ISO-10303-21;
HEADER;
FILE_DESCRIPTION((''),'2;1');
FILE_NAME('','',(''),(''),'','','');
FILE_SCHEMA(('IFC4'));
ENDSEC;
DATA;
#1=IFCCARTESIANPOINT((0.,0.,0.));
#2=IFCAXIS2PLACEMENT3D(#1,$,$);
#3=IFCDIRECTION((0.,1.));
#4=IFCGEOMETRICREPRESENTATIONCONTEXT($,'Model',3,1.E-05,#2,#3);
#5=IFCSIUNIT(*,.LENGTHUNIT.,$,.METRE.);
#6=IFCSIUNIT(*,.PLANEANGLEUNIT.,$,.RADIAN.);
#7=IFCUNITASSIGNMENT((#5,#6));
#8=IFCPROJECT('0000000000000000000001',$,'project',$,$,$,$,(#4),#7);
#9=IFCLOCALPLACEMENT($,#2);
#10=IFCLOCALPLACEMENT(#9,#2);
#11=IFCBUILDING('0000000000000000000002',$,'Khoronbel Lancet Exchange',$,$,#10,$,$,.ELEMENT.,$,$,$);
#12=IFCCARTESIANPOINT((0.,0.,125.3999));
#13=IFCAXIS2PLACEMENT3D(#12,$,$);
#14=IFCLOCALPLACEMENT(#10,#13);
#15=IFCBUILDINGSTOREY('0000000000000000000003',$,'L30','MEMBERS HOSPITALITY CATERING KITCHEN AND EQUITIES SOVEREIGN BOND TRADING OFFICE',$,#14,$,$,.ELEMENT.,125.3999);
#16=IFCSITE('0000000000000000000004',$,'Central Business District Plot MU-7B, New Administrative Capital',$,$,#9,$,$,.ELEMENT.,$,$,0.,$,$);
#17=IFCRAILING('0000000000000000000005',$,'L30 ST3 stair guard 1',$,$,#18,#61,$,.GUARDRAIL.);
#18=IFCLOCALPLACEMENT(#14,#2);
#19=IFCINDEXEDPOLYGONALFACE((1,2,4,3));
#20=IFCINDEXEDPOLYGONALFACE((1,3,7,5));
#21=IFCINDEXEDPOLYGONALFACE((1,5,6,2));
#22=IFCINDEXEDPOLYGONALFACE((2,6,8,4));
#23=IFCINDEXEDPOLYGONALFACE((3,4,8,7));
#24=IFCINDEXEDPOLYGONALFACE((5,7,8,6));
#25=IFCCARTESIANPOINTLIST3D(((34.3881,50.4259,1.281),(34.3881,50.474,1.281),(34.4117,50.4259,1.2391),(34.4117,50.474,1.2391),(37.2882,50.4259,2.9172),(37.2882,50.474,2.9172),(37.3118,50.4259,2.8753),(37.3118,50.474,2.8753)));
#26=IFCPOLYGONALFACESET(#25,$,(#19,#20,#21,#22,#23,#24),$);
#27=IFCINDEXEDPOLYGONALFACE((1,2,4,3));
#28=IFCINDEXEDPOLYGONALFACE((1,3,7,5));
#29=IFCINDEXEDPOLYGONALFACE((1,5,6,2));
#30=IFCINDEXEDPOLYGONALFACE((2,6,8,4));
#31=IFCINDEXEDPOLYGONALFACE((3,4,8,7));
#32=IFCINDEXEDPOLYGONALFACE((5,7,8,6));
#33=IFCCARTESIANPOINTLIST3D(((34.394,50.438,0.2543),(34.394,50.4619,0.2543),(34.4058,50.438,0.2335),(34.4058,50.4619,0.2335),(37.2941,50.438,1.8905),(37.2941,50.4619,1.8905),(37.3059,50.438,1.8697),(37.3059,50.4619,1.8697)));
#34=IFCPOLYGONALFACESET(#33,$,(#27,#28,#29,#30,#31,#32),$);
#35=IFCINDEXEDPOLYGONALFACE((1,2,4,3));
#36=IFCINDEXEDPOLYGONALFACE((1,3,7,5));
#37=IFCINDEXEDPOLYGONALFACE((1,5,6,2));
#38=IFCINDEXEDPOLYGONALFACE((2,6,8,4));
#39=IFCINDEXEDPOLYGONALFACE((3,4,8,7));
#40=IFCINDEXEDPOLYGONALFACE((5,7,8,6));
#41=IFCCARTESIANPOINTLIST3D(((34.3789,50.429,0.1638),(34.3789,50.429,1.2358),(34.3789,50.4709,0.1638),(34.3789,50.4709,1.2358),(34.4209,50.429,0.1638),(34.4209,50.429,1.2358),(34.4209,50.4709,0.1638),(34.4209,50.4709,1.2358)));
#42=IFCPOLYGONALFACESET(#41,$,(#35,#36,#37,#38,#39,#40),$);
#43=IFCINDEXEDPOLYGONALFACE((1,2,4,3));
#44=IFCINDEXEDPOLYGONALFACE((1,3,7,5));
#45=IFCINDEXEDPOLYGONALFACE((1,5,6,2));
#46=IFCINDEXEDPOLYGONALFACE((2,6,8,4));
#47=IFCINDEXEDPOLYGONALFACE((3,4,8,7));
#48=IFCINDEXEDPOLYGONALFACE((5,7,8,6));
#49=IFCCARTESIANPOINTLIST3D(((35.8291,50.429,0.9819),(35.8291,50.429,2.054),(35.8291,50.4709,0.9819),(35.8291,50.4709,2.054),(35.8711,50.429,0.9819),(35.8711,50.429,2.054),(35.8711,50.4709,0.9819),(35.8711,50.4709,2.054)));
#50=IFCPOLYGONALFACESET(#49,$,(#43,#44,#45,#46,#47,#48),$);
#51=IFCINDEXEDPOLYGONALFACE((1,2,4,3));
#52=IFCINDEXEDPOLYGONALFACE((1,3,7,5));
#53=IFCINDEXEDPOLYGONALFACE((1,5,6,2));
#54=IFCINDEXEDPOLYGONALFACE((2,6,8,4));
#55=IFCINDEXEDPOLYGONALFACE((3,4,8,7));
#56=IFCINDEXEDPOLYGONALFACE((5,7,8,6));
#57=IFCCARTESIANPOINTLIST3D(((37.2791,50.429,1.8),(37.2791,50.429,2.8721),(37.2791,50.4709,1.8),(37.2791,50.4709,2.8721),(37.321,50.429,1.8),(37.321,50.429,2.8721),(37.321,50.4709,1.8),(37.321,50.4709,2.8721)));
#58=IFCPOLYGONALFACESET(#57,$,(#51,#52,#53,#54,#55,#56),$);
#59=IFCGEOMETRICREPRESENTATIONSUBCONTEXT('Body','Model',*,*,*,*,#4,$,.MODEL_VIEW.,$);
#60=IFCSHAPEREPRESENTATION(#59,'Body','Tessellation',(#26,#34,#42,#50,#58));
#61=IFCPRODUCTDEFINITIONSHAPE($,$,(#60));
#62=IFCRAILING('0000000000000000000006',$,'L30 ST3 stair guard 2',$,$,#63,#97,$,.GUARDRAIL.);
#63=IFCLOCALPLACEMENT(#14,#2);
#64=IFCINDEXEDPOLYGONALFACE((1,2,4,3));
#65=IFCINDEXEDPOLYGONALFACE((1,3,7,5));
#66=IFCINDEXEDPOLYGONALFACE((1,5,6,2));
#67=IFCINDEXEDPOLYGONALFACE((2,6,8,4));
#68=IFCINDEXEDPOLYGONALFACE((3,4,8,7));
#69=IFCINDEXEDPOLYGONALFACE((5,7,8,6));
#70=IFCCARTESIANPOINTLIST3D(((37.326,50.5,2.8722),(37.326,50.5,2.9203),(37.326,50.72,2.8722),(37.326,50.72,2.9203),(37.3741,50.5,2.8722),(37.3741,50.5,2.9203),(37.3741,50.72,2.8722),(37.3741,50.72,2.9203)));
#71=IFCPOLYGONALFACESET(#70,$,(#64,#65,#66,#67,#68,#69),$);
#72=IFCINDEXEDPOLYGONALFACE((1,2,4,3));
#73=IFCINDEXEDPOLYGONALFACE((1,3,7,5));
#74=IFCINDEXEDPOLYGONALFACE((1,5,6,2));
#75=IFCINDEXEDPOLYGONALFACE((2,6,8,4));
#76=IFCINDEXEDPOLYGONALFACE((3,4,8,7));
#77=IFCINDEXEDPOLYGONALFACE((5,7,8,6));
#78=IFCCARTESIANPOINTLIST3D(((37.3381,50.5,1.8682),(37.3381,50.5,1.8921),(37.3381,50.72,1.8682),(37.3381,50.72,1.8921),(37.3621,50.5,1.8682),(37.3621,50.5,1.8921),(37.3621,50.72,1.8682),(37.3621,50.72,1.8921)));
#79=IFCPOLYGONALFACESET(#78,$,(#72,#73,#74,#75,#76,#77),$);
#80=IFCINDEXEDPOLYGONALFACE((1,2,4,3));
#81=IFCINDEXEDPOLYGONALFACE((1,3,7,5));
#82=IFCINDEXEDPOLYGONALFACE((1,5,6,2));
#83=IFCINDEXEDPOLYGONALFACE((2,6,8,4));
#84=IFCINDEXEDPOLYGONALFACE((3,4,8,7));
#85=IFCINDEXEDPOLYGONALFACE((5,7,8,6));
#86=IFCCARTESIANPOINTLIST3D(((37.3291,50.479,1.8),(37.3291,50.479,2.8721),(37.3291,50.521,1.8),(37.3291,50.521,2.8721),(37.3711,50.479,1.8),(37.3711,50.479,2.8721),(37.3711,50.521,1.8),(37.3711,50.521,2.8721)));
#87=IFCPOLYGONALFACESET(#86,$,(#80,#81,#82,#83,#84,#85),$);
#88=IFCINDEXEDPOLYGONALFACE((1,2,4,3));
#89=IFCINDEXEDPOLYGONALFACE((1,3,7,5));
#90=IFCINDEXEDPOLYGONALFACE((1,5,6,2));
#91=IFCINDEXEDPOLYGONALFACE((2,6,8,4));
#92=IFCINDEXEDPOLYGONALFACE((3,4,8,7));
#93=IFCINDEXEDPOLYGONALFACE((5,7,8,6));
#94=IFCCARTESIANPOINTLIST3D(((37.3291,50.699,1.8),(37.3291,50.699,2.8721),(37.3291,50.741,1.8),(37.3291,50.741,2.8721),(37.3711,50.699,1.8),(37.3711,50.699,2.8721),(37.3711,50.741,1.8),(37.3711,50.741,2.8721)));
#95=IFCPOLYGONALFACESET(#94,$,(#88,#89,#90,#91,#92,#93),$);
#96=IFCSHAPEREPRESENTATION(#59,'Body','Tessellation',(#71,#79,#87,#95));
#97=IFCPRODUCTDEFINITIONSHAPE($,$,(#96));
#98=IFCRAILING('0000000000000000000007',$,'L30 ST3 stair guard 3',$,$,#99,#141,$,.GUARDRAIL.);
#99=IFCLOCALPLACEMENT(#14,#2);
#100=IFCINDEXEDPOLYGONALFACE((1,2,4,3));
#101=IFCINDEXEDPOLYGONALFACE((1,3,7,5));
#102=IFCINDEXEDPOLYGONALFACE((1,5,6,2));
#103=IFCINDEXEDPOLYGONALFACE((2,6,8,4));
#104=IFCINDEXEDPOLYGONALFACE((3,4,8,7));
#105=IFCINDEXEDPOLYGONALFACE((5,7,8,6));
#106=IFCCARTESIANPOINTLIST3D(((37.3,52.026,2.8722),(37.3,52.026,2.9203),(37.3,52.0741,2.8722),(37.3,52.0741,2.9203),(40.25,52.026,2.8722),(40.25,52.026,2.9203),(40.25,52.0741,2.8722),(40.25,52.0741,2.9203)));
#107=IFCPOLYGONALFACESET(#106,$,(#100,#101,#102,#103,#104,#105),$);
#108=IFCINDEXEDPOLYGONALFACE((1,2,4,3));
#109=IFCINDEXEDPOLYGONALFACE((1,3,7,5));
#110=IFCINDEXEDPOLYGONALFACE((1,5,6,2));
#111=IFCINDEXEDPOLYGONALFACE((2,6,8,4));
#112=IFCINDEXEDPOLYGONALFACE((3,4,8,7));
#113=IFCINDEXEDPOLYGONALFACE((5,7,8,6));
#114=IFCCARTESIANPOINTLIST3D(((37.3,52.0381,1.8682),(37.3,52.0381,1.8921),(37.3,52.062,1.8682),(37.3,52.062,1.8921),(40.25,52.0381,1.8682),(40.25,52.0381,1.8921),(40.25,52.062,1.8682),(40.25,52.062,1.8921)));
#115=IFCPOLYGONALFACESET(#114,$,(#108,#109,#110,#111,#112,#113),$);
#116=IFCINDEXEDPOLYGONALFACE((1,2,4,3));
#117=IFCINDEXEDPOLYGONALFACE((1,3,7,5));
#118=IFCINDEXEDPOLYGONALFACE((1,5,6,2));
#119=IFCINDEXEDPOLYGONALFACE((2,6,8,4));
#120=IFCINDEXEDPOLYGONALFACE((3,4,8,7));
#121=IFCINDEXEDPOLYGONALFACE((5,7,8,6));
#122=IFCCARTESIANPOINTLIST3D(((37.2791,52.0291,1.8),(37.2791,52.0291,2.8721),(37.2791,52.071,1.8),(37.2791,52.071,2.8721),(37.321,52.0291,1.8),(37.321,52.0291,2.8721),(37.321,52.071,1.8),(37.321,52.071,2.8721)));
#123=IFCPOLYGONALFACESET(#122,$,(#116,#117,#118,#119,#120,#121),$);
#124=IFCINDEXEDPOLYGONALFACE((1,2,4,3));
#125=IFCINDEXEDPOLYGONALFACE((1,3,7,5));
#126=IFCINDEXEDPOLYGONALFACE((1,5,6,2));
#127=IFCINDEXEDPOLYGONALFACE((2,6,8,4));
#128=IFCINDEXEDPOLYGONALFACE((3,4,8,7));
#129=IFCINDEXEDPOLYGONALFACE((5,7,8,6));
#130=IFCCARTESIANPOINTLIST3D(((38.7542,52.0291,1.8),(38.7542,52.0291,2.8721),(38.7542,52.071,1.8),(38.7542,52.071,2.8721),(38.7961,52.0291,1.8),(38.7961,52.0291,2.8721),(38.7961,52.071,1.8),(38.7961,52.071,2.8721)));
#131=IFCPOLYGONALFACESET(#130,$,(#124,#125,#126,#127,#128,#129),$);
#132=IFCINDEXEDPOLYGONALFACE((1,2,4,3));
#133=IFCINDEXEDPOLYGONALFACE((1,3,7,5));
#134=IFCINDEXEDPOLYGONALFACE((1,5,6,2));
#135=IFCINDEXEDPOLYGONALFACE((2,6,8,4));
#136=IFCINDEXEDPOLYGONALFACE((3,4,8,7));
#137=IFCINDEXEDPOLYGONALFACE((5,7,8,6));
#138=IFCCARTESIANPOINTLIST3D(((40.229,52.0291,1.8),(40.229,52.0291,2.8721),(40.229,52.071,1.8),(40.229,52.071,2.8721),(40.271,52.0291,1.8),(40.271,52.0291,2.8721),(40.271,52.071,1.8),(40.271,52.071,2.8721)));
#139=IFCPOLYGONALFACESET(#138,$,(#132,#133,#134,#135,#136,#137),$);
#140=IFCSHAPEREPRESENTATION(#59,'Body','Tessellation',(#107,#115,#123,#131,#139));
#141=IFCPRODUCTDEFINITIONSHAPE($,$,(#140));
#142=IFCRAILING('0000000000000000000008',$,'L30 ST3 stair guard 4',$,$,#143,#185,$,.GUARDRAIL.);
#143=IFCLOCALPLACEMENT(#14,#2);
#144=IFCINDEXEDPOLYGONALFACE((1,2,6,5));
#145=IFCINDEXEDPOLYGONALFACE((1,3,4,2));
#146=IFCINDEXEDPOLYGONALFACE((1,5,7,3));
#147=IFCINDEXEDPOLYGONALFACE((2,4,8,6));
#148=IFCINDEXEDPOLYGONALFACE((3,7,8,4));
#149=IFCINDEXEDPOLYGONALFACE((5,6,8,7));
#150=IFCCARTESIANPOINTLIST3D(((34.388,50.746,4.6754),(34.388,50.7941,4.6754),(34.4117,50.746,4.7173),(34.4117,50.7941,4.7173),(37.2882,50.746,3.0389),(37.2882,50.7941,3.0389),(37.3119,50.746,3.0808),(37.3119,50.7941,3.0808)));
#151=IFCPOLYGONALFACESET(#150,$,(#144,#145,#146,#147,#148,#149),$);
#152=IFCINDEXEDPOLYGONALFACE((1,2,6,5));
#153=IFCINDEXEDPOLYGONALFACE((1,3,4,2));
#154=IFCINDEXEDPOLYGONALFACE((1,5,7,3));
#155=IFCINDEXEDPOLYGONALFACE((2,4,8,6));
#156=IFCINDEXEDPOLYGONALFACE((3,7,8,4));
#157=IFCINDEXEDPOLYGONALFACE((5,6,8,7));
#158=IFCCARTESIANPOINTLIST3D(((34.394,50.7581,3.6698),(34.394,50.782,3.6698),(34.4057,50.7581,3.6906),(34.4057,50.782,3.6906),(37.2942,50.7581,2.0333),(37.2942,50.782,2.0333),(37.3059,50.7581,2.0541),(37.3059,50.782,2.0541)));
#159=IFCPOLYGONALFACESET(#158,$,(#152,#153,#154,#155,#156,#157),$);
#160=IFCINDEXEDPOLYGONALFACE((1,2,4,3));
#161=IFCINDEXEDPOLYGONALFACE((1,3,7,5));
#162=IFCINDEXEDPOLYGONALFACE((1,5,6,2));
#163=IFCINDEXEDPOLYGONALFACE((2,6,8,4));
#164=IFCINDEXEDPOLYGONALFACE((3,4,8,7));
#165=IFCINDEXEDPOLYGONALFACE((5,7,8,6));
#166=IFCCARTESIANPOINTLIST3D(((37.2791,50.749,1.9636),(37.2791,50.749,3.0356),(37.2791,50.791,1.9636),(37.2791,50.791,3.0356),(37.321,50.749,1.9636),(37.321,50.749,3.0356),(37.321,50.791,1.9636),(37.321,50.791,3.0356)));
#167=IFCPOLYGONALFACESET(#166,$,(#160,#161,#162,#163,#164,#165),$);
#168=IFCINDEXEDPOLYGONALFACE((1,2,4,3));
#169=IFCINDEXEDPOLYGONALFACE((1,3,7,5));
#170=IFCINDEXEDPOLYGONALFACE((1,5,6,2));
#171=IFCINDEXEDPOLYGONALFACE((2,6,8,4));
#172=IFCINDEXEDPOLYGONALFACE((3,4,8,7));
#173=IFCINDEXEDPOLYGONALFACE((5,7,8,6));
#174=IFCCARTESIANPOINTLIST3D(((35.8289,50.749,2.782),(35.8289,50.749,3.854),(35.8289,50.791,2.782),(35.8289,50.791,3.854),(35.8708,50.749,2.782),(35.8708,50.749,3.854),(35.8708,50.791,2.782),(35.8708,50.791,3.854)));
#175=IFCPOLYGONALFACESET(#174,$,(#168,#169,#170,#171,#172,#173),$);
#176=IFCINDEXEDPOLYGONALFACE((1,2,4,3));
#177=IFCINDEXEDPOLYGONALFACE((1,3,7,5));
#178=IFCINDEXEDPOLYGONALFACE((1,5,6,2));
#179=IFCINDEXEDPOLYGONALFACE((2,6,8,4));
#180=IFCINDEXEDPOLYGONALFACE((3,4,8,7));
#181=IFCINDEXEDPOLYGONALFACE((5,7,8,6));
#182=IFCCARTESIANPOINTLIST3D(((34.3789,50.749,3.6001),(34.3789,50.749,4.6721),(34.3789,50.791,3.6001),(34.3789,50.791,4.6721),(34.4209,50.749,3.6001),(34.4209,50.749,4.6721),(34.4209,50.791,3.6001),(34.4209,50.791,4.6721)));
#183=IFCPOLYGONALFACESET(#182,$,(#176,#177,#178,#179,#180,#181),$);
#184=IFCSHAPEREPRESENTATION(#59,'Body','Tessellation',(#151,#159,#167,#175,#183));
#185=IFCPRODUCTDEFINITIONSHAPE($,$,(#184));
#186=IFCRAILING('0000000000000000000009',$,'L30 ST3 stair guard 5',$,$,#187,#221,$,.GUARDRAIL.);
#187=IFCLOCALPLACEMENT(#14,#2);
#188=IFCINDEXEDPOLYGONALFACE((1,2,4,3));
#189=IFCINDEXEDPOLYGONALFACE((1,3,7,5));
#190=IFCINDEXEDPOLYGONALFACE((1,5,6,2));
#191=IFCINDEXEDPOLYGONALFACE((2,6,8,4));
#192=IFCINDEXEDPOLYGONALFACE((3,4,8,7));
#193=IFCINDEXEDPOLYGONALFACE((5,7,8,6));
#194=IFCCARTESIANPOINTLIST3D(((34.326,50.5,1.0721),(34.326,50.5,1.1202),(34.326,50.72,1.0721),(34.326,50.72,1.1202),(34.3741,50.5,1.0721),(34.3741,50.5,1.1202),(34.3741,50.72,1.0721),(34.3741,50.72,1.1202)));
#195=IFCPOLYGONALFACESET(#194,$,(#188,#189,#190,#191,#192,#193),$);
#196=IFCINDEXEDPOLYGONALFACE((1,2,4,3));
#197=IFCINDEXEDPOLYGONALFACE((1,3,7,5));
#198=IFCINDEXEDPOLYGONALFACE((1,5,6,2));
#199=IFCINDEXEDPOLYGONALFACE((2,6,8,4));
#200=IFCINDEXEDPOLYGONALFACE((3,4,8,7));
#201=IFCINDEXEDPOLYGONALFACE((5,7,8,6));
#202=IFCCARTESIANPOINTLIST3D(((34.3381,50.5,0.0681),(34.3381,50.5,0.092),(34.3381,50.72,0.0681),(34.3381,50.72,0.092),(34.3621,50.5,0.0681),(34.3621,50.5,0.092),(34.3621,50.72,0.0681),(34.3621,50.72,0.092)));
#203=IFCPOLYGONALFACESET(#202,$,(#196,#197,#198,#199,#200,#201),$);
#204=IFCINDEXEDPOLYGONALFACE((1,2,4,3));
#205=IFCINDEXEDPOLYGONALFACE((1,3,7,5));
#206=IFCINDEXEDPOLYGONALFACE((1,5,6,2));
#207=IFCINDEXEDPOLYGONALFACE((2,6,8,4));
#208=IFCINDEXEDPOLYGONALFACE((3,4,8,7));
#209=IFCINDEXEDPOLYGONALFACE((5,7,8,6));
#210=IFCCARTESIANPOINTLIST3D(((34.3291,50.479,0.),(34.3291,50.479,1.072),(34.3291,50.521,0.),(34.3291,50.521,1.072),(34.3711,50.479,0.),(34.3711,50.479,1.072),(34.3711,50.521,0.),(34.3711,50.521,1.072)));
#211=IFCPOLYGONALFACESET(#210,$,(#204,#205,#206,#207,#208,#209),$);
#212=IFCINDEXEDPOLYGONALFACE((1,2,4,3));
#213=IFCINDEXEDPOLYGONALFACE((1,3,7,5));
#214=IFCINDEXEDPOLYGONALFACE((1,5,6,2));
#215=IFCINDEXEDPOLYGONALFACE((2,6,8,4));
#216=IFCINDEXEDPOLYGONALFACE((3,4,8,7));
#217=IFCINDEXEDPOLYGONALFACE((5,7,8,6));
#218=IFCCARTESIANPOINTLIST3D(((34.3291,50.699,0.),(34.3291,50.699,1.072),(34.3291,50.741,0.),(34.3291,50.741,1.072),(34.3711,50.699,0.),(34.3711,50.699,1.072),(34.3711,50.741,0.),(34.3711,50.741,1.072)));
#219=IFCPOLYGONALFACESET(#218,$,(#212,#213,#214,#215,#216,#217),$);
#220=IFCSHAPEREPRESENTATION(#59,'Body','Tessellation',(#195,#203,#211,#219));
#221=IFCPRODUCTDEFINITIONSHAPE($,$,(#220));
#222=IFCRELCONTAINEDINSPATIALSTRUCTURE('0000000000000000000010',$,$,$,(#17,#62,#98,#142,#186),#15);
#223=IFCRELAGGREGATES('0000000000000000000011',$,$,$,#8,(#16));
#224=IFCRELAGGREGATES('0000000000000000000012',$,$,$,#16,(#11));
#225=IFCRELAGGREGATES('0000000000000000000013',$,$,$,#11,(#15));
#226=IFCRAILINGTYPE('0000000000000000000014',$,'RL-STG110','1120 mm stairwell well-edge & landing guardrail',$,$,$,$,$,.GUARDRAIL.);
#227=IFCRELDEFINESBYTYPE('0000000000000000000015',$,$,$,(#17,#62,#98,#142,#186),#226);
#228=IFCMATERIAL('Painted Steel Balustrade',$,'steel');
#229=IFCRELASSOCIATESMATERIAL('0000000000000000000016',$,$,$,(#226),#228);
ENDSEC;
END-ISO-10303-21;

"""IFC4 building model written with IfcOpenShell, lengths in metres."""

from ifc_helpers import new_model, si_unit, direction, frame, origin, origin_2d, place, context, subcontext, project, spatial, rectangle, extrude, material, type_object, element, save


model = new_model("IFC4")

# Units and contexts
model_context = context("Model", 3, precision=1e-05, world=origin(), true_north=direction((0.0, 1.0)))
body_context = subcontext(model_context, "Body", "Model", "MODEL_VIEW")
ifc_project = project(units=[si_unit("LENGTHUNIT", "METRE"), si_unit("PLANEANGLEUNIT", "RADIAN")], contexts=[model_context])

# Site, building, storey
site_placement = place(None, origin())
site = spatial("IfcSite", under=ifc_project, at=site_placement, Name="Central Business District Plot MU-7B, New Administrative Capital", CompositionType="ELEMENT", RefElevation=0.0)
building_placement = place(site_placement, origin())
building = spatial("IfcBuilding", under=site, at=building_placement, Name="Khoronbel Lancet Exchange", CompositionType="ELEMENT")
storey_placement = place(building_placement, frame((0.0, 0.0, 125.3999)))
storey = spatial("IfcBuildingStorey", under=building, at=storey_placement, Name="L30", Description="MEMBERS HOSPITALITY CATERING KITCHEN AND EQUITIES SOVEREIGN BOND TRADING OFFICE", CompositionType="ELEMENT", Elevation=125.3999)

# Railings
ifc_material_1 = material(Name="Painted Steel Balustrade", Category="steel")
railing_type_1 = type_object("IfcRailingType", Name="RL-STG110", Description="1120 mm stairwell well-edge & landing guardrail", PredefinedType="GUARDRAIL", material=ifc_material_1)
railing_1_placement = place(storey_placement, frame((34.3999, 50.45, 0.1638)))
element("IfcRailing", 1, at=railing_1_placement, inside=storey, type_object=railing_type_1, Name="L30 ST3 stair guard 1", PredefinedType="GUARDRAIL", context=body_context, shape_type="SweptSolid", body=[
    extrude(rectangle(XDim=0.0481, YDim=0.0481, at=origin_2d()), frame((0.0, 0.0, 1.0962), z_axis=(0.870946, 0.0, 0.491378), x_axis=(0.0, 1.0, 0.0)), (0.0, 0.0, 1.0), 3.3298),
    extrude(rectangle(XDim=0.0239, YDim=0.0239, at=origin_2d()), frame((0.0, 0.0, 0.0801), z_axis=(0.870946, 0.0, 0.491378), x_axis=(0.0, 1.0, 0.0)), (0.0, 0.0, 1.0), 3.3298),
    extrude(rectangle(XDim=0.042, YDim=0.042, at=origin_2d()), origin(), (0.0, 0.0, 1.0), 1.072),
    extrude(rectangle(XDim=0.042, YDim=0.042, at=origin_2d()), frame((1.4502, 0.0, 0.8181)), (0.0, 0.0, 1.0), 1.072),
    extrude(rectangle(XDim=0.042, YDim=0.042, at=origin_2d()), frame((2.9001, 0.0, 1.6362)), (0.0, 0.0, 1.0), 1.072),
])
railing_2_placement = place(storey_placement, frame((37.3501, 50.5, 1.8)))
element("IfcRailing", 2, at=railing_2_placement, inside=storey, type_object=railing_type_1, Name="L30 ST3 stair guard 2", PredefinedType="GUARDRAIL", context=body_context, shape_type="SweptSolid", body=[
    extrude(rectangle(XDim=0.0481, YDim=0.0481, at=origin_2d()), frame((0.0, 0.0, 1.0962), z_axis=(0.0, 1.0, 0.0), x_axis=(-1.0, 0.0, 0.0)), (0.0, 0.0, 1.0), 0.22),
    extrude(rectangle(XDim=0.0239, YDim=0.0239, at=origin_2d()), frame((0.0, 0.0, 0.0801), z_axis=(0.0, 1.0, 0.0), x_axis=(-1.0, 0.0, 0.0)), (0.0, 0.0, 1.0), 0.22),
    extrude(rectangle(XDim=0.042, YDim=0.042, at=origin_2d()), origin(), (0.0, 0.0, 1.0), 1.072),
    extrude(rectangle(XDim=0.042, YDim=0.042, at=origin_2d()), frame((0.0, 0.22, 0.0)), (0.0, 0.0, 1.0), 1.072),
])
railing_3_placement = place(storey_placement, frame((37.3, 52.05, 1.8)))
element("IfcRailing", 3, at=railing_3_placement, inside=storey, type_object=railing_type_1, Name="L30 ST3 stair guard 3", PredefinedType="GUARDRAIL", context=body_context, shape_type="SweptSolid", body=[
    extrude(rectangle(XDim=0.0481, YDim=0.0481, at=origin_2d()), frame((0.0, 0.0, 1.0962), z_axis=(1.0, 0.0, 0.0), x_axis=(0.0, 1.0, 0.0)), (0.0, 0.0, 1.0), 2.95),
    extrude(rectangle(XDim=0.0239, YDim=0.0239, at=origin_2d()), frame((0.0, 0.0, 0.0801), z_axis=(1.0, 0.0, 0.0), x_axis=(0.0, 1.0, 0.0)), (0.0, 0.0, 1.0), 2.95),
    extrude(rectangle(XDim=0.042, YDim=0.042, at=origin_2d()), origin(), (0.0, 0.0, 1.0), 1.072),
    extrude(rectangle(XDim=0.042, YDim=0.042, at=origin_2d()), frame((1.4751, 0.0, 0.0)), (0.0, 0.0, 1.0), 1.072),
    extrude(rectangle(XDim=0.042, YDim=0.042, at=origin_2d()), frame((2.95, 0.0, 0.0)), (0.0, 0.0, 1.0), 1.072),
])
railing_4_placement = place(storey_placement, frame((37.3, 50.77, 1.9636)))
element("IfcRailing", 4, at=railing_4_placement, inside=storey, type_object=railing_type_1, Name="L30 ST3 stair guard 4", PredefinedType="GUARDRAIL", context=body_context, shape_type="SweptSolid", body=[
    extrude(rectangle(XDim=0.0481, YDim=0.0481, at=origin_2d()), frame((0.0, 0.0, 1.0962), z_axis=(-0.870915, 0.0, 0.491434), x_axis=(0.0, -1.0, 0.0)), (0.0, 0.0, 1.0), 3.3301),
    extrude(rectangle(XDim=0.0239, YDim=0.0239, at=origin_2d()), frame((0.0, 0.0, 0.0801), z_axis=(-0.870915, 0.0, 0.491434), x_axis=(0.0, -1.0, 0.0)), (0.0, 0.0, 1.0), 3.3301),
    extrude(rectangle(XDim=0.042, YDim=0.042, at=origin_2d()), origin(), (0.0, 0.0, 1.0), 1.072),
    extrude(rectangle(XDim=0.042, YDim=0.042, at=origin_2d()), frame((-1.4502, 0.0, 0.8184)), (0.0, 0.0, 1.0), 1.072),
    extrude(rectangle(XDim=0.042, YDim=0.042, at=origin_2d()), frame((-2.9001, 0.0, 1.6365)), (0.0, 0.0, 1.0), 1.072),
])
railing_5_placement = place(storey_placement, frame((34.3501, 50.5, 0.0)))
element("IfcRailing", 5, at=railing_5_placement, inside=storey, type_object=railing_type_1, Name="L30 ST3 stair guard 5", PredefinedType="GUARDRAIL", context=body_context, shape_type="SweptSolid", body=[
    extrude(rectangle(XDim=0.0481, YDim=0.0481, at=origin_2d()), frame((0.0, 0.0, 1.0962), z_axis=(0.0, 1.0, 0.0), x_axis=(-1.0, 0.0, 0.0)), (0.0, 0.0, 1.0), 0.22),
    extrude(rectangle(XDim=0.0239, YDim=0.0239, at=origin_2d()), frame((0.0, 0.0, 0.0801), z_axis=(0.0, 1.0, 0.0), x_axis=(-1.0, 0.0, 0.0)), (0.0, 0.0, 1.0), 0.22),
    extrude(rectangle(XDim=0.042, YDim=0.042, at=origin_2d()), origin(), (0.0, 0.0, 1.0), 1.072),
    extrude(rectangle(XDim=0.042, YDim=0.042, at=origin_2d()), frame((0.0, 0.22, 0.0)), (0.0, 0.0, 1.0), 1.072),
])

save(model, "model.ifc")
